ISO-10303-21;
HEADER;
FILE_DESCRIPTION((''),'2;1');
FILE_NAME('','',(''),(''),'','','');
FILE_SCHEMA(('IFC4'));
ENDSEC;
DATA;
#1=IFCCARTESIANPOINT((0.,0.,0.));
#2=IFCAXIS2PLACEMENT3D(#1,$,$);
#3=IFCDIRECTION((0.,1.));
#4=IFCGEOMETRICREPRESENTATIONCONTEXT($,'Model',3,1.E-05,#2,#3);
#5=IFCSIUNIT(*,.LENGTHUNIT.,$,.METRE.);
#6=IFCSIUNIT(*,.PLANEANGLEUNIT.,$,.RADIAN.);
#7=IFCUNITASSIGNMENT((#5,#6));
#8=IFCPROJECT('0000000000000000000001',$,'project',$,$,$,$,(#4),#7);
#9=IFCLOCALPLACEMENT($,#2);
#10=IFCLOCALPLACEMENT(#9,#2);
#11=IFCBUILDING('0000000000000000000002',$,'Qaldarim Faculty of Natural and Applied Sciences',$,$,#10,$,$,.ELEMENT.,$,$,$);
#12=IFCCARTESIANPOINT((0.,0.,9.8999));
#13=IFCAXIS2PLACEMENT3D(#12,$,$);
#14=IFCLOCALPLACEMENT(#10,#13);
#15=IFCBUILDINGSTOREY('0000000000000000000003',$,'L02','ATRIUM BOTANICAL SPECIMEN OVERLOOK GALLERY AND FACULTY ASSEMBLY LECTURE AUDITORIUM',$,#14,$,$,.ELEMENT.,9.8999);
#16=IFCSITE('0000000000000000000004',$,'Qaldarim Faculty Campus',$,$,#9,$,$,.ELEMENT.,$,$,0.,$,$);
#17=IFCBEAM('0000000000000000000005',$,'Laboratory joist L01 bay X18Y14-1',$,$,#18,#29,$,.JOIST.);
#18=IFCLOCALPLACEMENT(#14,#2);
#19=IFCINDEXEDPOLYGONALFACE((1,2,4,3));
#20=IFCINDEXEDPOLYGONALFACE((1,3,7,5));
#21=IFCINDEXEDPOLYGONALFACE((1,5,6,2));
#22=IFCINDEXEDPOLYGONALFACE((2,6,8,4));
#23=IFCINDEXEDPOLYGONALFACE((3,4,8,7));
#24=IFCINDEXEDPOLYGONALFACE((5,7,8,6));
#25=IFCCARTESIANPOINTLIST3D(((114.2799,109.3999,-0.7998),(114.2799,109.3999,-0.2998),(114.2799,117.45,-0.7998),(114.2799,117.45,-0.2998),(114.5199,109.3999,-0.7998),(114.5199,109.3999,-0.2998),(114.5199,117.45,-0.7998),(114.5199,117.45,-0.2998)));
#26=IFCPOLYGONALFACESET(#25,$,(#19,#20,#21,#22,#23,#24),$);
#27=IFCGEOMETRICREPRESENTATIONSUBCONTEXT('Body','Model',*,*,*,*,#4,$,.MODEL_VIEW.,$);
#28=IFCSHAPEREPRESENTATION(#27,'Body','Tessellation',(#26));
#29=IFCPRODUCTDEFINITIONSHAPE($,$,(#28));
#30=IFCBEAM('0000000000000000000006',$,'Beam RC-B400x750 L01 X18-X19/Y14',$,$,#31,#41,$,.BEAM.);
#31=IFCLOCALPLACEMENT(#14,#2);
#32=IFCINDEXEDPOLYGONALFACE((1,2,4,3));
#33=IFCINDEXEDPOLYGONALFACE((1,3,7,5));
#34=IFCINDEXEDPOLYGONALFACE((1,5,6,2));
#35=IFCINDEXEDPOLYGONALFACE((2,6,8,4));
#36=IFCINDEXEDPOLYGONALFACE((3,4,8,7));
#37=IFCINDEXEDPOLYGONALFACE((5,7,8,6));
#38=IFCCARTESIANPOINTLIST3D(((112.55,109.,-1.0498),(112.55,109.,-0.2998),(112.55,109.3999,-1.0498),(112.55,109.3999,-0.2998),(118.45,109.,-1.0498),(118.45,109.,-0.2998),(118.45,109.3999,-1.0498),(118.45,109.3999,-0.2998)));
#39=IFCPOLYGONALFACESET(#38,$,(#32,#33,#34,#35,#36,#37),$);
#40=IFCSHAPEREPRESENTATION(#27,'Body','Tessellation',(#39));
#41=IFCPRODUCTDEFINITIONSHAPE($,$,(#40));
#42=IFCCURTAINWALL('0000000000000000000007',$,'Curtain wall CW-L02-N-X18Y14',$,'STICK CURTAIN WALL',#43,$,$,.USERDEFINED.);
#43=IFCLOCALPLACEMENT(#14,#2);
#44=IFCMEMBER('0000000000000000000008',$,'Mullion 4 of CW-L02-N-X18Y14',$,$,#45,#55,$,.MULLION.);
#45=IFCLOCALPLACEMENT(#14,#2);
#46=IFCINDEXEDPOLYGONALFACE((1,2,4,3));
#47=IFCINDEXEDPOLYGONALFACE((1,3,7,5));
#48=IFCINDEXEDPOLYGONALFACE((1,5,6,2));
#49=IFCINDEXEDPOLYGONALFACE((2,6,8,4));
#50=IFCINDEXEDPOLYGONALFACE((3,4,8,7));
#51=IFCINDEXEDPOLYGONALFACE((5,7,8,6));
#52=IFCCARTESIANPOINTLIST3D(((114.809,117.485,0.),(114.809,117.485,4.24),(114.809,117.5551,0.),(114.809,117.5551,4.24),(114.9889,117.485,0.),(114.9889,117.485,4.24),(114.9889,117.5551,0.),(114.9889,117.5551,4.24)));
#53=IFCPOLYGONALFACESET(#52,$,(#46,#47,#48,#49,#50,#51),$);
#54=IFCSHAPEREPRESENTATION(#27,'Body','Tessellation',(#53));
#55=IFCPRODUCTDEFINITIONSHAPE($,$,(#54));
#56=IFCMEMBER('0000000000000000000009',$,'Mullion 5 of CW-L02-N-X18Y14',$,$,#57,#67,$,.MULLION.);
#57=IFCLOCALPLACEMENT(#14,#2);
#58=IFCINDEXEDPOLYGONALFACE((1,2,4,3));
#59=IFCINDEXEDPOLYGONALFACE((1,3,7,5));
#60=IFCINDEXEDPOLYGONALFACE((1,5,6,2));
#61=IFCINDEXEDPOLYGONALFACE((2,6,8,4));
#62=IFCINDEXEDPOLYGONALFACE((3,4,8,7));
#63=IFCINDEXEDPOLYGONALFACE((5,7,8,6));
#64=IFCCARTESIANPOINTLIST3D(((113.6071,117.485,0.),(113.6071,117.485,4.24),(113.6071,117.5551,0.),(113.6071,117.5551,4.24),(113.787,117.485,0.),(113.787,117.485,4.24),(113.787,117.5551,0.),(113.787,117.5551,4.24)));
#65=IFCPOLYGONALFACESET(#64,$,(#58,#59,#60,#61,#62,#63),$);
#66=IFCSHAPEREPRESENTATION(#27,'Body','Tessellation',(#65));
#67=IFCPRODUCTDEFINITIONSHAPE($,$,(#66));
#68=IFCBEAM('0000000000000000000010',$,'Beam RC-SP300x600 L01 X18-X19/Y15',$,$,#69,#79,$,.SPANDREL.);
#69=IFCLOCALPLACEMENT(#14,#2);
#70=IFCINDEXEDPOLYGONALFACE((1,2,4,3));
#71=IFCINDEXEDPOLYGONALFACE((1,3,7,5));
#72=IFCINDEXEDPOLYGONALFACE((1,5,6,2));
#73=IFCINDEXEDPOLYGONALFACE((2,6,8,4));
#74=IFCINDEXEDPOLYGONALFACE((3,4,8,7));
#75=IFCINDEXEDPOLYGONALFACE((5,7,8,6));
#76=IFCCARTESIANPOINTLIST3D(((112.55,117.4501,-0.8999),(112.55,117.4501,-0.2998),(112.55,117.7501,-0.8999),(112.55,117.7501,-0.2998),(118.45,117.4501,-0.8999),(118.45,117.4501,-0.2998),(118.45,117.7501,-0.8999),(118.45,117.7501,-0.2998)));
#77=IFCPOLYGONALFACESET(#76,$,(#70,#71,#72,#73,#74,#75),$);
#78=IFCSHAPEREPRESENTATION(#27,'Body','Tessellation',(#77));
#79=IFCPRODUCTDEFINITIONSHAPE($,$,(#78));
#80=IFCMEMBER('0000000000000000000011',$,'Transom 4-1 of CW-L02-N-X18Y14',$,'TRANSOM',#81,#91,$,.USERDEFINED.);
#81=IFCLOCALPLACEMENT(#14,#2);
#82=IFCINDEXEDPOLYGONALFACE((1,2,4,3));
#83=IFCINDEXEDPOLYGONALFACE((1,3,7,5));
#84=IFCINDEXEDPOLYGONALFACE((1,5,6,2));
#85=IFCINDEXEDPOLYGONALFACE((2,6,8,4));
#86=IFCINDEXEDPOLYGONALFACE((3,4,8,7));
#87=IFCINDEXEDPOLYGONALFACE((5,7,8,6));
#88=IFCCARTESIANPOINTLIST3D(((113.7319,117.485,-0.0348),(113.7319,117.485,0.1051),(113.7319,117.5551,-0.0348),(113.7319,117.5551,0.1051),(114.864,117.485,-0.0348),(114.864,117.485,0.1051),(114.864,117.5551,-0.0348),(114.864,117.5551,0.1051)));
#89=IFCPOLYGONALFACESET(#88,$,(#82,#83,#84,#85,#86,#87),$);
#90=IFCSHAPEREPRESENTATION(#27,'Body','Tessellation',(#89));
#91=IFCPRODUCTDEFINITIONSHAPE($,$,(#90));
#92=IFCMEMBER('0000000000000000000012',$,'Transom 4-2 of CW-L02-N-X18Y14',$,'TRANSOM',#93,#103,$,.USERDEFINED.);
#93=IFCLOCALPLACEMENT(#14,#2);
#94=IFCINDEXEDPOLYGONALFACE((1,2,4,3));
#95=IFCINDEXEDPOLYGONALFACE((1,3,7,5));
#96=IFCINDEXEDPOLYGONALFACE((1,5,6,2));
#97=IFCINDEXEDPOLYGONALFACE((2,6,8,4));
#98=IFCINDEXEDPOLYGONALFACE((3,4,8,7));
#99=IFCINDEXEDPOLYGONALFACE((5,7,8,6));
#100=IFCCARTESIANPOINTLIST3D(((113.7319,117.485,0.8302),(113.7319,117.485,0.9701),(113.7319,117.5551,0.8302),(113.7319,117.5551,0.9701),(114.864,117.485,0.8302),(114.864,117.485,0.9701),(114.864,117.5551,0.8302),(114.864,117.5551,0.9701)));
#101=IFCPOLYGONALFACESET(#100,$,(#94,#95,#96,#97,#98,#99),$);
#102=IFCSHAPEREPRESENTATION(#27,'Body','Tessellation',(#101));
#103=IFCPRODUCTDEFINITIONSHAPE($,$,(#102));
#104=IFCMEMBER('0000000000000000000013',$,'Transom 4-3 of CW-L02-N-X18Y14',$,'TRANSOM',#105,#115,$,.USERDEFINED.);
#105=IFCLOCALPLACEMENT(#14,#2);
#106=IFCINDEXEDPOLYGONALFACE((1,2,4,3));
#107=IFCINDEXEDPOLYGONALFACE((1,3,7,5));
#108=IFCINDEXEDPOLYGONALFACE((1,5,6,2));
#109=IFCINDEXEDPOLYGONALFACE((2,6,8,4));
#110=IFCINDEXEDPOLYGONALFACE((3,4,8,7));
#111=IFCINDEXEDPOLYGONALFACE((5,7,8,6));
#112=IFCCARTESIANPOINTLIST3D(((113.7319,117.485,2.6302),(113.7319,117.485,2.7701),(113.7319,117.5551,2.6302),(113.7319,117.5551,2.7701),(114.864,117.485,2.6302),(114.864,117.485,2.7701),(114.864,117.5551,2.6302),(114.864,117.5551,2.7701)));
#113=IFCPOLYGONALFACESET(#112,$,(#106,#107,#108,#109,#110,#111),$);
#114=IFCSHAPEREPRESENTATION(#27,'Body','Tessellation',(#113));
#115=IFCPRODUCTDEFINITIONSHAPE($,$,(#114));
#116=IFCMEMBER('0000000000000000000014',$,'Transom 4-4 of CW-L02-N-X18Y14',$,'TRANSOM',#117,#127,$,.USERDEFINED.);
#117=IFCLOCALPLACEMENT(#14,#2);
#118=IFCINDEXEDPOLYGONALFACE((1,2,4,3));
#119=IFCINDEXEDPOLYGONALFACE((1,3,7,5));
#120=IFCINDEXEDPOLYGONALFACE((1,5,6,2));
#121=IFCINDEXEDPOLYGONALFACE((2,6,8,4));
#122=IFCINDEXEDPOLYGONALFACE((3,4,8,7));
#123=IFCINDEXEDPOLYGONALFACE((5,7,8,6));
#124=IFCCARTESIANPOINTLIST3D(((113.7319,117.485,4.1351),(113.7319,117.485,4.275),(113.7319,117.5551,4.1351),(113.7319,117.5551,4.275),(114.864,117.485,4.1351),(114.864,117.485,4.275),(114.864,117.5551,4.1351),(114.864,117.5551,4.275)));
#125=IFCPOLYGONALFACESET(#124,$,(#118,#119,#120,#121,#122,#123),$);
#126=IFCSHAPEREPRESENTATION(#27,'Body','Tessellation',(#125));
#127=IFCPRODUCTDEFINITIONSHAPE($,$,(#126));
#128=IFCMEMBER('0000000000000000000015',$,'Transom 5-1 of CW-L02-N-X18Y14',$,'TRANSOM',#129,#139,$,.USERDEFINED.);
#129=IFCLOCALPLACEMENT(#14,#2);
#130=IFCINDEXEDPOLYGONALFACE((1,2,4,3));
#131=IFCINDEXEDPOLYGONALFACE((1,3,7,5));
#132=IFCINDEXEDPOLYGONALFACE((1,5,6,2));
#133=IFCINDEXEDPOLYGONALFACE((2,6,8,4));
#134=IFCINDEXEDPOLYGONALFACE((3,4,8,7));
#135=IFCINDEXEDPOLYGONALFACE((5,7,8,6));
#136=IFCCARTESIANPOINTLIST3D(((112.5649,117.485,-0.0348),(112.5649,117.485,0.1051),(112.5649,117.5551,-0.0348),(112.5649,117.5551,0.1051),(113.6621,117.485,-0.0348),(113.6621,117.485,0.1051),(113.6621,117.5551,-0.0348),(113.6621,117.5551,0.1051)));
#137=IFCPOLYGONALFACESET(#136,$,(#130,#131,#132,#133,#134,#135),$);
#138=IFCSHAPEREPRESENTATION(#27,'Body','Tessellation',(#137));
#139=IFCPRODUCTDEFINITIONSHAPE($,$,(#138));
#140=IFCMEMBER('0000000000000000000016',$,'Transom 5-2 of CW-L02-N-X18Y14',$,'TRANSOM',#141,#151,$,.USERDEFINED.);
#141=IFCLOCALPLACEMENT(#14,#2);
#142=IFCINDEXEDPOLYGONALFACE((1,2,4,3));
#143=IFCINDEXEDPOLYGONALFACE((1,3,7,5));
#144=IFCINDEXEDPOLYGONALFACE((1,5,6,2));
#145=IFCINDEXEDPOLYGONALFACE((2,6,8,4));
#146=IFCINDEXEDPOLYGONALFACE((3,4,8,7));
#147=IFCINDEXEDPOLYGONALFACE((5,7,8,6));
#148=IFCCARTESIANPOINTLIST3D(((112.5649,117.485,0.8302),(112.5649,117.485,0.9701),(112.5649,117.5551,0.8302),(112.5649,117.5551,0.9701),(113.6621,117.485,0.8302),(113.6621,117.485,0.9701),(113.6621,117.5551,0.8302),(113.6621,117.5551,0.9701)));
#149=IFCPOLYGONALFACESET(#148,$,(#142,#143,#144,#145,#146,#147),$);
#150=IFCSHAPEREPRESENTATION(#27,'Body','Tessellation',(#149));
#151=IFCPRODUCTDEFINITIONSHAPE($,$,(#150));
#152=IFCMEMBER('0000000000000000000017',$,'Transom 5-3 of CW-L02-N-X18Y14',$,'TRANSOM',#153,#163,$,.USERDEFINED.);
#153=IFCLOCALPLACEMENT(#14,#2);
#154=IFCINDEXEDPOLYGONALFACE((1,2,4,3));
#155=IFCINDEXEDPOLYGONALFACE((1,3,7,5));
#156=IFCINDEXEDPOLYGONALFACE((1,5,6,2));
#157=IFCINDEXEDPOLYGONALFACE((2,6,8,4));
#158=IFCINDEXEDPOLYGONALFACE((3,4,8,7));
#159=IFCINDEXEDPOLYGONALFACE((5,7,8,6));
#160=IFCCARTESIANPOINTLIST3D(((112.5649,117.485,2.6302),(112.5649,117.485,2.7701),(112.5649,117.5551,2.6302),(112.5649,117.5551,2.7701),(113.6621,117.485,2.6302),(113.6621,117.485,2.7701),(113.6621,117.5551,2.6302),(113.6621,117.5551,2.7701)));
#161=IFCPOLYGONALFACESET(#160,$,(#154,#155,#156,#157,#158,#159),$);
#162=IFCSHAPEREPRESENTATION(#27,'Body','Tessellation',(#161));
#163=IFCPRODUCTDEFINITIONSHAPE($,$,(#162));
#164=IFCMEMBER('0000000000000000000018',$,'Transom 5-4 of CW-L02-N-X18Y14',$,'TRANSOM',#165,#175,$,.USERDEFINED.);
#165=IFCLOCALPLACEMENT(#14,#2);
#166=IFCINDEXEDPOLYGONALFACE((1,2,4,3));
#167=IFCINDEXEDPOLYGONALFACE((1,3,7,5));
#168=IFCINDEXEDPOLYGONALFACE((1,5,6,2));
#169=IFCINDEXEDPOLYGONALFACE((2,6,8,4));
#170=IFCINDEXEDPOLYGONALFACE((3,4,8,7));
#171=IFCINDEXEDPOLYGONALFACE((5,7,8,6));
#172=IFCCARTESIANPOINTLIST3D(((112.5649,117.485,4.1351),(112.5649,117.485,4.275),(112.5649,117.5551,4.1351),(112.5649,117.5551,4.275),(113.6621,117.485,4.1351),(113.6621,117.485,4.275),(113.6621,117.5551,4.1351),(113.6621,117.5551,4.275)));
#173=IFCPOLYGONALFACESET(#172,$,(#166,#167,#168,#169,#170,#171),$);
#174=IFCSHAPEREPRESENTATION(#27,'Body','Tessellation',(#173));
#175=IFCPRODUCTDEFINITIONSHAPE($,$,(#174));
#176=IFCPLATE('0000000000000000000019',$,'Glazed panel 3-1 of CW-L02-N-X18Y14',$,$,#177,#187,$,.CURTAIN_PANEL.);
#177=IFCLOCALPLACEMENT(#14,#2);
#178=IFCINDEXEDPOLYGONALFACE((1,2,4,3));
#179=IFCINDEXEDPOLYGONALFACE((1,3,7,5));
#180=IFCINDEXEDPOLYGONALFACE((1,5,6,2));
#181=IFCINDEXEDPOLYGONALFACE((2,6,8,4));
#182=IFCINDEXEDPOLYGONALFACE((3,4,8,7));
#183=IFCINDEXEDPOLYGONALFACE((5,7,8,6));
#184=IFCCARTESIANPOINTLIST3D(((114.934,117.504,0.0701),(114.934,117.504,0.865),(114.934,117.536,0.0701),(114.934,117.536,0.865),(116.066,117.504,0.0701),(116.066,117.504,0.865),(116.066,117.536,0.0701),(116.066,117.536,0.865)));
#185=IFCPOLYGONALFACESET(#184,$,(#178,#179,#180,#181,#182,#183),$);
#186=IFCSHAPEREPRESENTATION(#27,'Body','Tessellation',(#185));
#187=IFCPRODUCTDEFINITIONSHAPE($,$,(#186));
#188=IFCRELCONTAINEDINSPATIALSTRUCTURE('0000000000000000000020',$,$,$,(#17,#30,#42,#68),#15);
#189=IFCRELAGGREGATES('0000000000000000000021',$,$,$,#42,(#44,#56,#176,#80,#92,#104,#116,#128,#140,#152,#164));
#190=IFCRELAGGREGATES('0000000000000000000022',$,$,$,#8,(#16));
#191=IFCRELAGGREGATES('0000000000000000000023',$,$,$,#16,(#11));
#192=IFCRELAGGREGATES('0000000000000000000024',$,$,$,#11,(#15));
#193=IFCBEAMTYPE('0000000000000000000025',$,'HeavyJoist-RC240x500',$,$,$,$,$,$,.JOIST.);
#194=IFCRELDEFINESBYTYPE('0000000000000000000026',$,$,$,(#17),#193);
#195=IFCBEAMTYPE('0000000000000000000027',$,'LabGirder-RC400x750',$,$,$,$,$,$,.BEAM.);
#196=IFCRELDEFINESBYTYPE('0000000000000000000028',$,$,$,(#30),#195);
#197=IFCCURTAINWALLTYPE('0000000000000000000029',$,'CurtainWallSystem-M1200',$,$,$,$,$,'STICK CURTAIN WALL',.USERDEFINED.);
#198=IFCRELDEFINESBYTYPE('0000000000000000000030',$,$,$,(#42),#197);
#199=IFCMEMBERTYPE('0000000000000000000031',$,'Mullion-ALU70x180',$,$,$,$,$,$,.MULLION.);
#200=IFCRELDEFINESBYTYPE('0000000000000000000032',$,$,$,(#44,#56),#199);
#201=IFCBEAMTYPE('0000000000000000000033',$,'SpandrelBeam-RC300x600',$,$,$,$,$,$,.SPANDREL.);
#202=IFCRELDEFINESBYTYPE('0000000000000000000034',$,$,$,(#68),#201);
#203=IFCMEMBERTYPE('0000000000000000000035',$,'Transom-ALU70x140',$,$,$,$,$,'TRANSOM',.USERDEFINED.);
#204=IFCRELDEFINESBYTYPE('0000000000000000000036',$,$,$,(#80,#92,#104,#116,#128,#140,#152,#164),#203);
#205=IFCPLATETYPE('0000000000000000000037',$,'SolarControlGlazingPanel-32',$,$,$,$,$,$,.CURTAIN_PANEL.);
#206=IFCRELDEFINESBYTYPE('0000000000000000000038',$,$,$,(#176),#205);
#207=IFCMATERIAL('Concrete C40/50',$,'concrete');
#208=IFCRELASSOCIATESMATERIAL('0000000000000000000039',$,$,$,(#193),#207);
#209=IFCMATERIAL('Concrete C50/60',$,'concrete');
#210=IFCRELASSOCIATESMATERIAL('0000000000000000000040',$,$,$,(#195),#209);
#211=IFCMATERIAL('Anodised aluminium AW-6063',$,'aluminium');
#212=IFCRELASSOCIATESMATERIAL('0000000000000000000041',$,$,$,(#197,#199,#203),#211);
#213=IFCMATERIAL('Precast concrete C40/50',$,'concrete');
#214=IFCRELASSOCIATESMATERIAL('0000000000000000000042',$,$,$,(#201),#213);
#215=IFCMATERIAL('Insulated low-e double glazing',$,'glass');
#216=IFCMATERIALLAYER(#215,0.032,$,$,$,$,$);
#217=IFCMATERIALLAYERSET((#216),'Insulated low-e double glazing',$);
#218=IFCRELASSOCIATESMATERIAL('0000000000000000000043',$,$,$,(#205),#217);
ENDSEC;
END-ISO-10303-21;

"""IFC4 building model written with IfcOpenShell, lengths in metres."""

from ifc_helpers import new_model, si_unit, direction, frame, origin, origin_2d, place, context, subcontext, project, spatial, rectangle, extrude, material, layer, layer_set, material_profile, profile_set, type_object, element, aggregate, save


model = new_model("IFC4")

# Units and contexts
model_context = context("Model", 3, precision=1e-05, world=origin(), true_north=direction((0.0, 1.0)))
body_context = subcontext(model_context, "Body", "Model", "MODEL_VIEW")
ifc_project = project(units=[si_unit("LENGTHUNIT", "METRE"), si_unit("PLANEANGLEUNIT", "RADIAN")], contexts=[model_context])

# Site, building, storey
site_placement = place(None, origin())
site = spatial("IfcSite", under=ifc_project, at=site_placement, Name="Qaldarim Faculty Campus", CompositionType="ELEMENT", RefElevation=0.0)
building_placement = place(site_placement, origin())
building = spatial("IfcBuilding", under=site, at=building_placement, Name="Qaldarim Faculty of Natural and Applied Sciences", CompositionType="ELEMENT")
storey_placement = place(building_placement, frame((0.0, 0.0, 9.8999)))
storey = spatial("IfcBuildingStorey", under=building, at=storey_placement, Name="L02", Description="ATRIUM BOTANICAL SPECIMEN OVERLOOK GALLERY AND FACULTY ASSEMBLY LECTURE AUDITORIUM", CompositionType="ELEMENT", Elevation=9.8999)

# Beams
ifc_material_1 = material(Name="Concrete C40/50", Category="concrete")
ifc_material_profile_1 = material_profile(ifc_material_1, rectangle(XDim=0.24, YDim=0.5, at=origin_2d()), Name="RC-J240x500")
ifc_profile_set_1 = profile_set([ifc_material_profile_1], Name="Concrete C40/50")
beam_type_1 = type_object("IfcBeamType", Name="HeavyJoist-RC240x500", PredefinedType="JOIST", material=ifc_profile_set_1)
beam_1_placement = place(storey_placement, frame((114.3999, 109.3999, -0.5498), z_axis=(0.0, 1.0, 0.0), x_axis=(-1.0, 0.0, 0.0)))
element("IfcBeam", 1, at=beam_1_placement, inside=storey, type_object=beam_type_1, Name="Laboratory joist L01 bay X18Y14-1", PredefinedType="JOIST", context=body_context, shape_type="SweptSolid", body=[
    extrude(rectangle(XDim=0.24, YDim=0.5, at=origin_2d()), origin(), (0.0, 0.0, 1.0), 8.05),
])
ifc_material_2 = material(Name="Concrete C50/60", Category="concrete")
ifc_material_profile_2 = material_profile(ifc_material_2, rectangle(XDim=0.3999, YDim=0.75, at=origin_2d()), Name="RC-B400x750")
ifc_profile_set_2 = profile_set([ifc_material_profile_2], Name="Concrete C50/60")
beam_type_2 = type_object("IfcBeamType", Name="LabGirder-RC400x750", PredefinedType="BEAM", material=ifc_profile_set_2)
beam_2_placement = place(storey_placement, frame((112.55, 109.2, -0.6748), z_axis=(1.0, 0.0, 0.0), x_axis=(0.0, 1.0, 0.0)))
element("IfcBeam", 2, at=beam_2_placement, inside=storey, type_object=beam_type_2, Name="Beam RC-B400x750 L01 X18-X19/Y14", PredefinedType="BEAM", context=body_context, shape_type="SweptSolid", body=[
    extrude(rectangle(XDim=0.3999, YDim=0.75, at=origin_2d()), origin(), (0.0, 0.0, 1.0), 5.8999),
])

# Curtain wall, members
ifc_material_3 = material(Name="Anodised aluminium AW-6063", Category="aluminium")
curtain_wall_type = type_object("IfcCurtainWallType", Name="CurtainWallSystem-M1200", ElementType="STICK CURTAIN WALL", PredefinedType="USERDEFINED", material=ifc_material_3)
curtain_wall_placement = place(storey_placement, origin())
curtain_wall = element("IfcCurtainWall", 3, at=curtain_wall_placement, inside=storey, type_object=curtain_wall_type, Name="Curtain wall CW-L02-N-X18Y14", ObjectType="STICK CURTAIN WALL", PredefinedType="USERDEFINED")
ifc_material_profile_3 = material_profile(ifc_material_3, rectangle(XDim=0.0701, YDim=0.1799, at=origin_2d()), Name="ALU-M70x180")
ifc_profile_set_3 = profile_set([ifc_material_profile_3], Name="Anodised aluminium AW-6063")
member_type_1 = type_object("IfcMemberType", Name="Mullion-ALU70x180", PredefinedType="MULLION", material=ifc_profile_set_3)
member_1_placement = place(storey_placement, frame((114.8989, 117.52, 0.0), z_axis=(0.0, 0.0, 1.0), x_axis=(0.0, -1.0, 0.0)))
member_1 = element("IfcMember", 4, at=member_1_placement, type_object=member_type_1, Name="Mullion 4 of CW-L02-N-X18Y14", PredefinedType="MULLION", context=body_context, shape_type="SweptSolid", body=[
    extrude(rectangle(XDim=0.0701, YDim=0.1799, at=origin_2d()), origin(), (0.0, 0.0, 1.0), 4.24),
])
member_2_placement = place(storey_placement, frame((113.697, 117.52, 0.0), z_axis=(0.0, 0.0, 1.0), x_axis=(0.0, -1.0, 0.0)))
member_2 = element("IfcMember", 5, at=member_2_placement, type_object=member_type_1, Name="Mullion 5 of CW-L02-N-X18Y14", PredefinedType="MULLION", context=body_context, shape_type="SweptSolid", body=[
    extrude(rectangle(XDim=0.0701, YDim=0.1799, at=origin_2d()), origin(), (0.0, 0.0, 1.0), 4.24),
])

# Beam
ifc_material_4 = material(Name="Precast concrete C40/50", Category="concrete")
ifc_material_profile_4 = material_profile(ifc_material_4, rectangle(XDim=0.3, YDim=0.6001, at=origin_2d()), Name="RC-SP300x600")
ifc_profile_set_4 = profile_set([ifc_material_profile_4], Name="Precast concrete C40/50")
beam_type_3 = type_object("IfcBeamType", Name="SpandrelBeam-RC300x600", PredefinedType="SPANDREL", material=ifc_profile_set_4)
beam_3_placement = place(storey_placement, frame((112.55, 117.6001, -0.5999), z_axis=(1.0, 0.0, 0.0), x_axis=(0.0, 1.0, 0.0)))
element("IfcBeam", 6, at=beam_3_placement, inside=storey, type_object=beam_type_3, Name="Beam RC-SP300x600 L01 X18-X19/Y15", PredefinedType="SPANDREL", context=body_context, shape_type="SweptSolid", body=[
    extrude(rectangle(XDim=0.3, YDim=0.6001, at=origin_2d()), origin(), (0.0, 0.0, 1.0), 5.8999),
])

# Members
ifc_material_profile_5 = material_profile(ifc_material_3, rectangle(XDim=0.0701, YDim=0.1399, at=origin_2d()), Name="ALU-T70x140")
ifc_profile_set_5 = profile_set([ifc_material_profile_5], Name="Anodised aluminium AW-6063")
member_type_2 = type_object("IfcMemberType", Name="Transom-ALU70x140", ElementType="TRANSOM", PredefinedType="USERDEFINED", material=ifc_profile_set_5)
member_3_placement = place(storey_placement, frame((114.864, 117.52, 0.0352), z_axis=(-1.0, 0.0, 0.0), x_axis=(0.0, -1.0, 0.0)))
member_3 = element("IfcMember", 7, at=member_3_placement, type_object=member_type_2, Name="Transom 4-1 of CW-L02-N-X18Y14", ObjectType="TRANSOM", PredefinedType="USERDEFINED", context=body_context, shape_type="SweptSolid", body=[
    extrude(rectangle(XDim=0.0701, YDim=0.1399, at=origin_2d()), origin(), (0.0, 0.0, 1.0), 1.1321),
])
member_4_placement = place(storey_placement, frame((114.864, 117.52, 0.9001), z_axis=(-1.0, 0.0, 0.0), x_axis=(0.0, -1.0, 0.0)))
member_4 = element("IfcMember", 8, at=member_4_placement, type_object=member_type_2, Name="Transom 4-2 of CW-L02-N-X18Y14", ObjectType="TRANSOM", PredefinedType="USERDEFINED", context=body_context, shape_type="SweptSolid", body=[
    extrude(rectangle(XDim=0.0701, YDim=0.1399, at=origin_2d()), origin(), (0.0, 0.0, 1.0), 1.1321),
])
member_5_placement = place(storey_placement, frame((114.864, 117.52, 2.7002), z_axis=(-1.0, 0.0, 0.0), x_axis=(0.0, -1.0, 0.0)))
member_5 = element("IfcMember", 9, at=member_5_placement, type_object=member_type_2, Name="Transom 4-3 of CW-L02-N-X18Y14", ObjectType="TRANSOM", PredefinedType="USERDEFINED", context=body_context, shape_type="SweptSolid", body=[
    extrude(rectangle(XDim=0.0701, YDim=0.1399, at=origin_2d()), origin(), (0.0, 0.0, 1.0), 1.1321),
])
member_6_placement = place(storey_placement, frame((114.864, 117.52, 4.2051), z_axis=(-1.0, 0.0, 0.0), x_axis=(0.0, -1.0, 0.0)))
member_6 = element("IfcMember", 10, at=member_6_placement, type_object=member_type_2, Name="Transom 4-4 of CW-L02-N-X18Y14", ObjectType="TRANSOM", PredefinedType="USERDEFINED", context=body_context, shape_type="SweptSolid", body=[
    extrude(rectangle(XDim=0.0701, YDim=0.1399, at=origin_2d()), origin(), (0.0, 0.0, 1.0), 1.1321),
])
member_7_placement = place(storey_placement, frame((113.6621, 117.52, 0.0352), z_axis=(-1.0, 0.0, 0.0), x_axis=(0.0, -1.0, 0.0)))
member_7 = element("IfcMember", 11, at=member_7_placement, type_object=member_type_2, Name="Transom 5-1 of CW-L02-N-X18Y14", ObjectType="TRANSOM", PredefinedType="USERDEFINED", context=body_context, shape_type="SweptSolid", body=[
    extrude(rectangle(XDim=0.0701, YDim=0.1399, at=origin_2d()), origin(), (0.0, 0.0, 1.0), 1.0972),
])
member_8_placement = place(storey_placement, frame((113.6621, 117.52, 0.9001), z_axis=(-1.0, 0.0, 0.0), x_axis=(0.0, -1.0, 0.0)))
member_8 = element("IfcMember", 12, at=member_8_placement, type_object=member_type_2, Name="Transom 5-2 of CW-L02-N-X18Y14", ObjectType="TRANSOM", PredefinedType="USERDEFINED", context=body_context, shape_type="SweptSolid", body=[
    extrude(rectangle(XDim=0.0701, YDim=0.1399, at=origin_2d()), origin(), (0.0, 0.0, 1.0), 1.0972),
])
member_9_placement = place(storey_placement, frame((113.6621, 117.52, 2.7002), z_axis=(-1.0, 0.0, 0.0), x_axis=(0.0, -1.0, 0.0)))
member_9 = element("IfcMember", 13, at=member_9_placement, type_object=member_type_2, Name="Transom 5-3 of CW-L02-N-X18Y14", ObjectType="TRANSOM", PredefinedType="USERDEFINED", context=body_context, shape_type="SweptSolid", body=[
    extrude(rectangle(XDim=0.0701, YDim=0.1399, at=origin_2d()), origin(), (0.0, 0.0, 1.0), 1.0972),
])
member_10_placement = place(storey_placement, frame((113.6621, 117.52, 4.2051), z_axis=(-1.0, 0.0, 0.0), x_axis=(0.0, -1.0, 0.0)))
member_10 = element("IfcMember", 14, at=member_10_placement, type_object=member_type_2, Name="Transom 5-4 of CW-L02-N-X18Y14", ObjectType="TRANSOM", PredefinedType="USERDEFINED", context=body_context, shape_type="SweptSolid", body=[
    extrude(rectangle(XDim=0.0701, YDim=0.1399, at=origin_2d()), origin(), (0.0, 0.0, 1.0), 1.0972),
])

# Plate
ifc_material_5 = material(Name="Insulated low-e double glazing", Category="glass")
ifc_layer = layer(ifc_material_5, 0.032)
ifc_layer_set = layer_set([ifc_layer], Name="Insulated low-e double glazing")
plate_type = type_object("IfcPlateType", Name="SolarControlGlazingPanel-32", PredefinedType="CURTAIN_PANEL", material=ifc_layer_set)
plate_1_placement = place(storey_placement, frame((115.5, 117.52, 0.0701), z_axis=(0.0, 0.0, 1.0), x_axis=(-1.0, 0.0, 0.0)))
plate_1 = element("IfcPlate", 15, at=plate_1_placement, type_object=plate_type, Name="Glazed panel 3-1 of CW-L02-N-X18Y14", PredefinedType="CURTAIN_PANEL", context=body_context, shape_type="SweptSolid", body=[
    extrude(rectangle(XDim=1.1321, YDim=0.032, at=origin_2d()), origin(), (0.0, 0.0, 1.0), 0.7949),
])
aggregate(curtain_wall, [member_1, member_2, plate_1, member_3, member_4, member_5, member_6, member_7, member_8, member_9, member_10])

save(model, "model.ifc")
